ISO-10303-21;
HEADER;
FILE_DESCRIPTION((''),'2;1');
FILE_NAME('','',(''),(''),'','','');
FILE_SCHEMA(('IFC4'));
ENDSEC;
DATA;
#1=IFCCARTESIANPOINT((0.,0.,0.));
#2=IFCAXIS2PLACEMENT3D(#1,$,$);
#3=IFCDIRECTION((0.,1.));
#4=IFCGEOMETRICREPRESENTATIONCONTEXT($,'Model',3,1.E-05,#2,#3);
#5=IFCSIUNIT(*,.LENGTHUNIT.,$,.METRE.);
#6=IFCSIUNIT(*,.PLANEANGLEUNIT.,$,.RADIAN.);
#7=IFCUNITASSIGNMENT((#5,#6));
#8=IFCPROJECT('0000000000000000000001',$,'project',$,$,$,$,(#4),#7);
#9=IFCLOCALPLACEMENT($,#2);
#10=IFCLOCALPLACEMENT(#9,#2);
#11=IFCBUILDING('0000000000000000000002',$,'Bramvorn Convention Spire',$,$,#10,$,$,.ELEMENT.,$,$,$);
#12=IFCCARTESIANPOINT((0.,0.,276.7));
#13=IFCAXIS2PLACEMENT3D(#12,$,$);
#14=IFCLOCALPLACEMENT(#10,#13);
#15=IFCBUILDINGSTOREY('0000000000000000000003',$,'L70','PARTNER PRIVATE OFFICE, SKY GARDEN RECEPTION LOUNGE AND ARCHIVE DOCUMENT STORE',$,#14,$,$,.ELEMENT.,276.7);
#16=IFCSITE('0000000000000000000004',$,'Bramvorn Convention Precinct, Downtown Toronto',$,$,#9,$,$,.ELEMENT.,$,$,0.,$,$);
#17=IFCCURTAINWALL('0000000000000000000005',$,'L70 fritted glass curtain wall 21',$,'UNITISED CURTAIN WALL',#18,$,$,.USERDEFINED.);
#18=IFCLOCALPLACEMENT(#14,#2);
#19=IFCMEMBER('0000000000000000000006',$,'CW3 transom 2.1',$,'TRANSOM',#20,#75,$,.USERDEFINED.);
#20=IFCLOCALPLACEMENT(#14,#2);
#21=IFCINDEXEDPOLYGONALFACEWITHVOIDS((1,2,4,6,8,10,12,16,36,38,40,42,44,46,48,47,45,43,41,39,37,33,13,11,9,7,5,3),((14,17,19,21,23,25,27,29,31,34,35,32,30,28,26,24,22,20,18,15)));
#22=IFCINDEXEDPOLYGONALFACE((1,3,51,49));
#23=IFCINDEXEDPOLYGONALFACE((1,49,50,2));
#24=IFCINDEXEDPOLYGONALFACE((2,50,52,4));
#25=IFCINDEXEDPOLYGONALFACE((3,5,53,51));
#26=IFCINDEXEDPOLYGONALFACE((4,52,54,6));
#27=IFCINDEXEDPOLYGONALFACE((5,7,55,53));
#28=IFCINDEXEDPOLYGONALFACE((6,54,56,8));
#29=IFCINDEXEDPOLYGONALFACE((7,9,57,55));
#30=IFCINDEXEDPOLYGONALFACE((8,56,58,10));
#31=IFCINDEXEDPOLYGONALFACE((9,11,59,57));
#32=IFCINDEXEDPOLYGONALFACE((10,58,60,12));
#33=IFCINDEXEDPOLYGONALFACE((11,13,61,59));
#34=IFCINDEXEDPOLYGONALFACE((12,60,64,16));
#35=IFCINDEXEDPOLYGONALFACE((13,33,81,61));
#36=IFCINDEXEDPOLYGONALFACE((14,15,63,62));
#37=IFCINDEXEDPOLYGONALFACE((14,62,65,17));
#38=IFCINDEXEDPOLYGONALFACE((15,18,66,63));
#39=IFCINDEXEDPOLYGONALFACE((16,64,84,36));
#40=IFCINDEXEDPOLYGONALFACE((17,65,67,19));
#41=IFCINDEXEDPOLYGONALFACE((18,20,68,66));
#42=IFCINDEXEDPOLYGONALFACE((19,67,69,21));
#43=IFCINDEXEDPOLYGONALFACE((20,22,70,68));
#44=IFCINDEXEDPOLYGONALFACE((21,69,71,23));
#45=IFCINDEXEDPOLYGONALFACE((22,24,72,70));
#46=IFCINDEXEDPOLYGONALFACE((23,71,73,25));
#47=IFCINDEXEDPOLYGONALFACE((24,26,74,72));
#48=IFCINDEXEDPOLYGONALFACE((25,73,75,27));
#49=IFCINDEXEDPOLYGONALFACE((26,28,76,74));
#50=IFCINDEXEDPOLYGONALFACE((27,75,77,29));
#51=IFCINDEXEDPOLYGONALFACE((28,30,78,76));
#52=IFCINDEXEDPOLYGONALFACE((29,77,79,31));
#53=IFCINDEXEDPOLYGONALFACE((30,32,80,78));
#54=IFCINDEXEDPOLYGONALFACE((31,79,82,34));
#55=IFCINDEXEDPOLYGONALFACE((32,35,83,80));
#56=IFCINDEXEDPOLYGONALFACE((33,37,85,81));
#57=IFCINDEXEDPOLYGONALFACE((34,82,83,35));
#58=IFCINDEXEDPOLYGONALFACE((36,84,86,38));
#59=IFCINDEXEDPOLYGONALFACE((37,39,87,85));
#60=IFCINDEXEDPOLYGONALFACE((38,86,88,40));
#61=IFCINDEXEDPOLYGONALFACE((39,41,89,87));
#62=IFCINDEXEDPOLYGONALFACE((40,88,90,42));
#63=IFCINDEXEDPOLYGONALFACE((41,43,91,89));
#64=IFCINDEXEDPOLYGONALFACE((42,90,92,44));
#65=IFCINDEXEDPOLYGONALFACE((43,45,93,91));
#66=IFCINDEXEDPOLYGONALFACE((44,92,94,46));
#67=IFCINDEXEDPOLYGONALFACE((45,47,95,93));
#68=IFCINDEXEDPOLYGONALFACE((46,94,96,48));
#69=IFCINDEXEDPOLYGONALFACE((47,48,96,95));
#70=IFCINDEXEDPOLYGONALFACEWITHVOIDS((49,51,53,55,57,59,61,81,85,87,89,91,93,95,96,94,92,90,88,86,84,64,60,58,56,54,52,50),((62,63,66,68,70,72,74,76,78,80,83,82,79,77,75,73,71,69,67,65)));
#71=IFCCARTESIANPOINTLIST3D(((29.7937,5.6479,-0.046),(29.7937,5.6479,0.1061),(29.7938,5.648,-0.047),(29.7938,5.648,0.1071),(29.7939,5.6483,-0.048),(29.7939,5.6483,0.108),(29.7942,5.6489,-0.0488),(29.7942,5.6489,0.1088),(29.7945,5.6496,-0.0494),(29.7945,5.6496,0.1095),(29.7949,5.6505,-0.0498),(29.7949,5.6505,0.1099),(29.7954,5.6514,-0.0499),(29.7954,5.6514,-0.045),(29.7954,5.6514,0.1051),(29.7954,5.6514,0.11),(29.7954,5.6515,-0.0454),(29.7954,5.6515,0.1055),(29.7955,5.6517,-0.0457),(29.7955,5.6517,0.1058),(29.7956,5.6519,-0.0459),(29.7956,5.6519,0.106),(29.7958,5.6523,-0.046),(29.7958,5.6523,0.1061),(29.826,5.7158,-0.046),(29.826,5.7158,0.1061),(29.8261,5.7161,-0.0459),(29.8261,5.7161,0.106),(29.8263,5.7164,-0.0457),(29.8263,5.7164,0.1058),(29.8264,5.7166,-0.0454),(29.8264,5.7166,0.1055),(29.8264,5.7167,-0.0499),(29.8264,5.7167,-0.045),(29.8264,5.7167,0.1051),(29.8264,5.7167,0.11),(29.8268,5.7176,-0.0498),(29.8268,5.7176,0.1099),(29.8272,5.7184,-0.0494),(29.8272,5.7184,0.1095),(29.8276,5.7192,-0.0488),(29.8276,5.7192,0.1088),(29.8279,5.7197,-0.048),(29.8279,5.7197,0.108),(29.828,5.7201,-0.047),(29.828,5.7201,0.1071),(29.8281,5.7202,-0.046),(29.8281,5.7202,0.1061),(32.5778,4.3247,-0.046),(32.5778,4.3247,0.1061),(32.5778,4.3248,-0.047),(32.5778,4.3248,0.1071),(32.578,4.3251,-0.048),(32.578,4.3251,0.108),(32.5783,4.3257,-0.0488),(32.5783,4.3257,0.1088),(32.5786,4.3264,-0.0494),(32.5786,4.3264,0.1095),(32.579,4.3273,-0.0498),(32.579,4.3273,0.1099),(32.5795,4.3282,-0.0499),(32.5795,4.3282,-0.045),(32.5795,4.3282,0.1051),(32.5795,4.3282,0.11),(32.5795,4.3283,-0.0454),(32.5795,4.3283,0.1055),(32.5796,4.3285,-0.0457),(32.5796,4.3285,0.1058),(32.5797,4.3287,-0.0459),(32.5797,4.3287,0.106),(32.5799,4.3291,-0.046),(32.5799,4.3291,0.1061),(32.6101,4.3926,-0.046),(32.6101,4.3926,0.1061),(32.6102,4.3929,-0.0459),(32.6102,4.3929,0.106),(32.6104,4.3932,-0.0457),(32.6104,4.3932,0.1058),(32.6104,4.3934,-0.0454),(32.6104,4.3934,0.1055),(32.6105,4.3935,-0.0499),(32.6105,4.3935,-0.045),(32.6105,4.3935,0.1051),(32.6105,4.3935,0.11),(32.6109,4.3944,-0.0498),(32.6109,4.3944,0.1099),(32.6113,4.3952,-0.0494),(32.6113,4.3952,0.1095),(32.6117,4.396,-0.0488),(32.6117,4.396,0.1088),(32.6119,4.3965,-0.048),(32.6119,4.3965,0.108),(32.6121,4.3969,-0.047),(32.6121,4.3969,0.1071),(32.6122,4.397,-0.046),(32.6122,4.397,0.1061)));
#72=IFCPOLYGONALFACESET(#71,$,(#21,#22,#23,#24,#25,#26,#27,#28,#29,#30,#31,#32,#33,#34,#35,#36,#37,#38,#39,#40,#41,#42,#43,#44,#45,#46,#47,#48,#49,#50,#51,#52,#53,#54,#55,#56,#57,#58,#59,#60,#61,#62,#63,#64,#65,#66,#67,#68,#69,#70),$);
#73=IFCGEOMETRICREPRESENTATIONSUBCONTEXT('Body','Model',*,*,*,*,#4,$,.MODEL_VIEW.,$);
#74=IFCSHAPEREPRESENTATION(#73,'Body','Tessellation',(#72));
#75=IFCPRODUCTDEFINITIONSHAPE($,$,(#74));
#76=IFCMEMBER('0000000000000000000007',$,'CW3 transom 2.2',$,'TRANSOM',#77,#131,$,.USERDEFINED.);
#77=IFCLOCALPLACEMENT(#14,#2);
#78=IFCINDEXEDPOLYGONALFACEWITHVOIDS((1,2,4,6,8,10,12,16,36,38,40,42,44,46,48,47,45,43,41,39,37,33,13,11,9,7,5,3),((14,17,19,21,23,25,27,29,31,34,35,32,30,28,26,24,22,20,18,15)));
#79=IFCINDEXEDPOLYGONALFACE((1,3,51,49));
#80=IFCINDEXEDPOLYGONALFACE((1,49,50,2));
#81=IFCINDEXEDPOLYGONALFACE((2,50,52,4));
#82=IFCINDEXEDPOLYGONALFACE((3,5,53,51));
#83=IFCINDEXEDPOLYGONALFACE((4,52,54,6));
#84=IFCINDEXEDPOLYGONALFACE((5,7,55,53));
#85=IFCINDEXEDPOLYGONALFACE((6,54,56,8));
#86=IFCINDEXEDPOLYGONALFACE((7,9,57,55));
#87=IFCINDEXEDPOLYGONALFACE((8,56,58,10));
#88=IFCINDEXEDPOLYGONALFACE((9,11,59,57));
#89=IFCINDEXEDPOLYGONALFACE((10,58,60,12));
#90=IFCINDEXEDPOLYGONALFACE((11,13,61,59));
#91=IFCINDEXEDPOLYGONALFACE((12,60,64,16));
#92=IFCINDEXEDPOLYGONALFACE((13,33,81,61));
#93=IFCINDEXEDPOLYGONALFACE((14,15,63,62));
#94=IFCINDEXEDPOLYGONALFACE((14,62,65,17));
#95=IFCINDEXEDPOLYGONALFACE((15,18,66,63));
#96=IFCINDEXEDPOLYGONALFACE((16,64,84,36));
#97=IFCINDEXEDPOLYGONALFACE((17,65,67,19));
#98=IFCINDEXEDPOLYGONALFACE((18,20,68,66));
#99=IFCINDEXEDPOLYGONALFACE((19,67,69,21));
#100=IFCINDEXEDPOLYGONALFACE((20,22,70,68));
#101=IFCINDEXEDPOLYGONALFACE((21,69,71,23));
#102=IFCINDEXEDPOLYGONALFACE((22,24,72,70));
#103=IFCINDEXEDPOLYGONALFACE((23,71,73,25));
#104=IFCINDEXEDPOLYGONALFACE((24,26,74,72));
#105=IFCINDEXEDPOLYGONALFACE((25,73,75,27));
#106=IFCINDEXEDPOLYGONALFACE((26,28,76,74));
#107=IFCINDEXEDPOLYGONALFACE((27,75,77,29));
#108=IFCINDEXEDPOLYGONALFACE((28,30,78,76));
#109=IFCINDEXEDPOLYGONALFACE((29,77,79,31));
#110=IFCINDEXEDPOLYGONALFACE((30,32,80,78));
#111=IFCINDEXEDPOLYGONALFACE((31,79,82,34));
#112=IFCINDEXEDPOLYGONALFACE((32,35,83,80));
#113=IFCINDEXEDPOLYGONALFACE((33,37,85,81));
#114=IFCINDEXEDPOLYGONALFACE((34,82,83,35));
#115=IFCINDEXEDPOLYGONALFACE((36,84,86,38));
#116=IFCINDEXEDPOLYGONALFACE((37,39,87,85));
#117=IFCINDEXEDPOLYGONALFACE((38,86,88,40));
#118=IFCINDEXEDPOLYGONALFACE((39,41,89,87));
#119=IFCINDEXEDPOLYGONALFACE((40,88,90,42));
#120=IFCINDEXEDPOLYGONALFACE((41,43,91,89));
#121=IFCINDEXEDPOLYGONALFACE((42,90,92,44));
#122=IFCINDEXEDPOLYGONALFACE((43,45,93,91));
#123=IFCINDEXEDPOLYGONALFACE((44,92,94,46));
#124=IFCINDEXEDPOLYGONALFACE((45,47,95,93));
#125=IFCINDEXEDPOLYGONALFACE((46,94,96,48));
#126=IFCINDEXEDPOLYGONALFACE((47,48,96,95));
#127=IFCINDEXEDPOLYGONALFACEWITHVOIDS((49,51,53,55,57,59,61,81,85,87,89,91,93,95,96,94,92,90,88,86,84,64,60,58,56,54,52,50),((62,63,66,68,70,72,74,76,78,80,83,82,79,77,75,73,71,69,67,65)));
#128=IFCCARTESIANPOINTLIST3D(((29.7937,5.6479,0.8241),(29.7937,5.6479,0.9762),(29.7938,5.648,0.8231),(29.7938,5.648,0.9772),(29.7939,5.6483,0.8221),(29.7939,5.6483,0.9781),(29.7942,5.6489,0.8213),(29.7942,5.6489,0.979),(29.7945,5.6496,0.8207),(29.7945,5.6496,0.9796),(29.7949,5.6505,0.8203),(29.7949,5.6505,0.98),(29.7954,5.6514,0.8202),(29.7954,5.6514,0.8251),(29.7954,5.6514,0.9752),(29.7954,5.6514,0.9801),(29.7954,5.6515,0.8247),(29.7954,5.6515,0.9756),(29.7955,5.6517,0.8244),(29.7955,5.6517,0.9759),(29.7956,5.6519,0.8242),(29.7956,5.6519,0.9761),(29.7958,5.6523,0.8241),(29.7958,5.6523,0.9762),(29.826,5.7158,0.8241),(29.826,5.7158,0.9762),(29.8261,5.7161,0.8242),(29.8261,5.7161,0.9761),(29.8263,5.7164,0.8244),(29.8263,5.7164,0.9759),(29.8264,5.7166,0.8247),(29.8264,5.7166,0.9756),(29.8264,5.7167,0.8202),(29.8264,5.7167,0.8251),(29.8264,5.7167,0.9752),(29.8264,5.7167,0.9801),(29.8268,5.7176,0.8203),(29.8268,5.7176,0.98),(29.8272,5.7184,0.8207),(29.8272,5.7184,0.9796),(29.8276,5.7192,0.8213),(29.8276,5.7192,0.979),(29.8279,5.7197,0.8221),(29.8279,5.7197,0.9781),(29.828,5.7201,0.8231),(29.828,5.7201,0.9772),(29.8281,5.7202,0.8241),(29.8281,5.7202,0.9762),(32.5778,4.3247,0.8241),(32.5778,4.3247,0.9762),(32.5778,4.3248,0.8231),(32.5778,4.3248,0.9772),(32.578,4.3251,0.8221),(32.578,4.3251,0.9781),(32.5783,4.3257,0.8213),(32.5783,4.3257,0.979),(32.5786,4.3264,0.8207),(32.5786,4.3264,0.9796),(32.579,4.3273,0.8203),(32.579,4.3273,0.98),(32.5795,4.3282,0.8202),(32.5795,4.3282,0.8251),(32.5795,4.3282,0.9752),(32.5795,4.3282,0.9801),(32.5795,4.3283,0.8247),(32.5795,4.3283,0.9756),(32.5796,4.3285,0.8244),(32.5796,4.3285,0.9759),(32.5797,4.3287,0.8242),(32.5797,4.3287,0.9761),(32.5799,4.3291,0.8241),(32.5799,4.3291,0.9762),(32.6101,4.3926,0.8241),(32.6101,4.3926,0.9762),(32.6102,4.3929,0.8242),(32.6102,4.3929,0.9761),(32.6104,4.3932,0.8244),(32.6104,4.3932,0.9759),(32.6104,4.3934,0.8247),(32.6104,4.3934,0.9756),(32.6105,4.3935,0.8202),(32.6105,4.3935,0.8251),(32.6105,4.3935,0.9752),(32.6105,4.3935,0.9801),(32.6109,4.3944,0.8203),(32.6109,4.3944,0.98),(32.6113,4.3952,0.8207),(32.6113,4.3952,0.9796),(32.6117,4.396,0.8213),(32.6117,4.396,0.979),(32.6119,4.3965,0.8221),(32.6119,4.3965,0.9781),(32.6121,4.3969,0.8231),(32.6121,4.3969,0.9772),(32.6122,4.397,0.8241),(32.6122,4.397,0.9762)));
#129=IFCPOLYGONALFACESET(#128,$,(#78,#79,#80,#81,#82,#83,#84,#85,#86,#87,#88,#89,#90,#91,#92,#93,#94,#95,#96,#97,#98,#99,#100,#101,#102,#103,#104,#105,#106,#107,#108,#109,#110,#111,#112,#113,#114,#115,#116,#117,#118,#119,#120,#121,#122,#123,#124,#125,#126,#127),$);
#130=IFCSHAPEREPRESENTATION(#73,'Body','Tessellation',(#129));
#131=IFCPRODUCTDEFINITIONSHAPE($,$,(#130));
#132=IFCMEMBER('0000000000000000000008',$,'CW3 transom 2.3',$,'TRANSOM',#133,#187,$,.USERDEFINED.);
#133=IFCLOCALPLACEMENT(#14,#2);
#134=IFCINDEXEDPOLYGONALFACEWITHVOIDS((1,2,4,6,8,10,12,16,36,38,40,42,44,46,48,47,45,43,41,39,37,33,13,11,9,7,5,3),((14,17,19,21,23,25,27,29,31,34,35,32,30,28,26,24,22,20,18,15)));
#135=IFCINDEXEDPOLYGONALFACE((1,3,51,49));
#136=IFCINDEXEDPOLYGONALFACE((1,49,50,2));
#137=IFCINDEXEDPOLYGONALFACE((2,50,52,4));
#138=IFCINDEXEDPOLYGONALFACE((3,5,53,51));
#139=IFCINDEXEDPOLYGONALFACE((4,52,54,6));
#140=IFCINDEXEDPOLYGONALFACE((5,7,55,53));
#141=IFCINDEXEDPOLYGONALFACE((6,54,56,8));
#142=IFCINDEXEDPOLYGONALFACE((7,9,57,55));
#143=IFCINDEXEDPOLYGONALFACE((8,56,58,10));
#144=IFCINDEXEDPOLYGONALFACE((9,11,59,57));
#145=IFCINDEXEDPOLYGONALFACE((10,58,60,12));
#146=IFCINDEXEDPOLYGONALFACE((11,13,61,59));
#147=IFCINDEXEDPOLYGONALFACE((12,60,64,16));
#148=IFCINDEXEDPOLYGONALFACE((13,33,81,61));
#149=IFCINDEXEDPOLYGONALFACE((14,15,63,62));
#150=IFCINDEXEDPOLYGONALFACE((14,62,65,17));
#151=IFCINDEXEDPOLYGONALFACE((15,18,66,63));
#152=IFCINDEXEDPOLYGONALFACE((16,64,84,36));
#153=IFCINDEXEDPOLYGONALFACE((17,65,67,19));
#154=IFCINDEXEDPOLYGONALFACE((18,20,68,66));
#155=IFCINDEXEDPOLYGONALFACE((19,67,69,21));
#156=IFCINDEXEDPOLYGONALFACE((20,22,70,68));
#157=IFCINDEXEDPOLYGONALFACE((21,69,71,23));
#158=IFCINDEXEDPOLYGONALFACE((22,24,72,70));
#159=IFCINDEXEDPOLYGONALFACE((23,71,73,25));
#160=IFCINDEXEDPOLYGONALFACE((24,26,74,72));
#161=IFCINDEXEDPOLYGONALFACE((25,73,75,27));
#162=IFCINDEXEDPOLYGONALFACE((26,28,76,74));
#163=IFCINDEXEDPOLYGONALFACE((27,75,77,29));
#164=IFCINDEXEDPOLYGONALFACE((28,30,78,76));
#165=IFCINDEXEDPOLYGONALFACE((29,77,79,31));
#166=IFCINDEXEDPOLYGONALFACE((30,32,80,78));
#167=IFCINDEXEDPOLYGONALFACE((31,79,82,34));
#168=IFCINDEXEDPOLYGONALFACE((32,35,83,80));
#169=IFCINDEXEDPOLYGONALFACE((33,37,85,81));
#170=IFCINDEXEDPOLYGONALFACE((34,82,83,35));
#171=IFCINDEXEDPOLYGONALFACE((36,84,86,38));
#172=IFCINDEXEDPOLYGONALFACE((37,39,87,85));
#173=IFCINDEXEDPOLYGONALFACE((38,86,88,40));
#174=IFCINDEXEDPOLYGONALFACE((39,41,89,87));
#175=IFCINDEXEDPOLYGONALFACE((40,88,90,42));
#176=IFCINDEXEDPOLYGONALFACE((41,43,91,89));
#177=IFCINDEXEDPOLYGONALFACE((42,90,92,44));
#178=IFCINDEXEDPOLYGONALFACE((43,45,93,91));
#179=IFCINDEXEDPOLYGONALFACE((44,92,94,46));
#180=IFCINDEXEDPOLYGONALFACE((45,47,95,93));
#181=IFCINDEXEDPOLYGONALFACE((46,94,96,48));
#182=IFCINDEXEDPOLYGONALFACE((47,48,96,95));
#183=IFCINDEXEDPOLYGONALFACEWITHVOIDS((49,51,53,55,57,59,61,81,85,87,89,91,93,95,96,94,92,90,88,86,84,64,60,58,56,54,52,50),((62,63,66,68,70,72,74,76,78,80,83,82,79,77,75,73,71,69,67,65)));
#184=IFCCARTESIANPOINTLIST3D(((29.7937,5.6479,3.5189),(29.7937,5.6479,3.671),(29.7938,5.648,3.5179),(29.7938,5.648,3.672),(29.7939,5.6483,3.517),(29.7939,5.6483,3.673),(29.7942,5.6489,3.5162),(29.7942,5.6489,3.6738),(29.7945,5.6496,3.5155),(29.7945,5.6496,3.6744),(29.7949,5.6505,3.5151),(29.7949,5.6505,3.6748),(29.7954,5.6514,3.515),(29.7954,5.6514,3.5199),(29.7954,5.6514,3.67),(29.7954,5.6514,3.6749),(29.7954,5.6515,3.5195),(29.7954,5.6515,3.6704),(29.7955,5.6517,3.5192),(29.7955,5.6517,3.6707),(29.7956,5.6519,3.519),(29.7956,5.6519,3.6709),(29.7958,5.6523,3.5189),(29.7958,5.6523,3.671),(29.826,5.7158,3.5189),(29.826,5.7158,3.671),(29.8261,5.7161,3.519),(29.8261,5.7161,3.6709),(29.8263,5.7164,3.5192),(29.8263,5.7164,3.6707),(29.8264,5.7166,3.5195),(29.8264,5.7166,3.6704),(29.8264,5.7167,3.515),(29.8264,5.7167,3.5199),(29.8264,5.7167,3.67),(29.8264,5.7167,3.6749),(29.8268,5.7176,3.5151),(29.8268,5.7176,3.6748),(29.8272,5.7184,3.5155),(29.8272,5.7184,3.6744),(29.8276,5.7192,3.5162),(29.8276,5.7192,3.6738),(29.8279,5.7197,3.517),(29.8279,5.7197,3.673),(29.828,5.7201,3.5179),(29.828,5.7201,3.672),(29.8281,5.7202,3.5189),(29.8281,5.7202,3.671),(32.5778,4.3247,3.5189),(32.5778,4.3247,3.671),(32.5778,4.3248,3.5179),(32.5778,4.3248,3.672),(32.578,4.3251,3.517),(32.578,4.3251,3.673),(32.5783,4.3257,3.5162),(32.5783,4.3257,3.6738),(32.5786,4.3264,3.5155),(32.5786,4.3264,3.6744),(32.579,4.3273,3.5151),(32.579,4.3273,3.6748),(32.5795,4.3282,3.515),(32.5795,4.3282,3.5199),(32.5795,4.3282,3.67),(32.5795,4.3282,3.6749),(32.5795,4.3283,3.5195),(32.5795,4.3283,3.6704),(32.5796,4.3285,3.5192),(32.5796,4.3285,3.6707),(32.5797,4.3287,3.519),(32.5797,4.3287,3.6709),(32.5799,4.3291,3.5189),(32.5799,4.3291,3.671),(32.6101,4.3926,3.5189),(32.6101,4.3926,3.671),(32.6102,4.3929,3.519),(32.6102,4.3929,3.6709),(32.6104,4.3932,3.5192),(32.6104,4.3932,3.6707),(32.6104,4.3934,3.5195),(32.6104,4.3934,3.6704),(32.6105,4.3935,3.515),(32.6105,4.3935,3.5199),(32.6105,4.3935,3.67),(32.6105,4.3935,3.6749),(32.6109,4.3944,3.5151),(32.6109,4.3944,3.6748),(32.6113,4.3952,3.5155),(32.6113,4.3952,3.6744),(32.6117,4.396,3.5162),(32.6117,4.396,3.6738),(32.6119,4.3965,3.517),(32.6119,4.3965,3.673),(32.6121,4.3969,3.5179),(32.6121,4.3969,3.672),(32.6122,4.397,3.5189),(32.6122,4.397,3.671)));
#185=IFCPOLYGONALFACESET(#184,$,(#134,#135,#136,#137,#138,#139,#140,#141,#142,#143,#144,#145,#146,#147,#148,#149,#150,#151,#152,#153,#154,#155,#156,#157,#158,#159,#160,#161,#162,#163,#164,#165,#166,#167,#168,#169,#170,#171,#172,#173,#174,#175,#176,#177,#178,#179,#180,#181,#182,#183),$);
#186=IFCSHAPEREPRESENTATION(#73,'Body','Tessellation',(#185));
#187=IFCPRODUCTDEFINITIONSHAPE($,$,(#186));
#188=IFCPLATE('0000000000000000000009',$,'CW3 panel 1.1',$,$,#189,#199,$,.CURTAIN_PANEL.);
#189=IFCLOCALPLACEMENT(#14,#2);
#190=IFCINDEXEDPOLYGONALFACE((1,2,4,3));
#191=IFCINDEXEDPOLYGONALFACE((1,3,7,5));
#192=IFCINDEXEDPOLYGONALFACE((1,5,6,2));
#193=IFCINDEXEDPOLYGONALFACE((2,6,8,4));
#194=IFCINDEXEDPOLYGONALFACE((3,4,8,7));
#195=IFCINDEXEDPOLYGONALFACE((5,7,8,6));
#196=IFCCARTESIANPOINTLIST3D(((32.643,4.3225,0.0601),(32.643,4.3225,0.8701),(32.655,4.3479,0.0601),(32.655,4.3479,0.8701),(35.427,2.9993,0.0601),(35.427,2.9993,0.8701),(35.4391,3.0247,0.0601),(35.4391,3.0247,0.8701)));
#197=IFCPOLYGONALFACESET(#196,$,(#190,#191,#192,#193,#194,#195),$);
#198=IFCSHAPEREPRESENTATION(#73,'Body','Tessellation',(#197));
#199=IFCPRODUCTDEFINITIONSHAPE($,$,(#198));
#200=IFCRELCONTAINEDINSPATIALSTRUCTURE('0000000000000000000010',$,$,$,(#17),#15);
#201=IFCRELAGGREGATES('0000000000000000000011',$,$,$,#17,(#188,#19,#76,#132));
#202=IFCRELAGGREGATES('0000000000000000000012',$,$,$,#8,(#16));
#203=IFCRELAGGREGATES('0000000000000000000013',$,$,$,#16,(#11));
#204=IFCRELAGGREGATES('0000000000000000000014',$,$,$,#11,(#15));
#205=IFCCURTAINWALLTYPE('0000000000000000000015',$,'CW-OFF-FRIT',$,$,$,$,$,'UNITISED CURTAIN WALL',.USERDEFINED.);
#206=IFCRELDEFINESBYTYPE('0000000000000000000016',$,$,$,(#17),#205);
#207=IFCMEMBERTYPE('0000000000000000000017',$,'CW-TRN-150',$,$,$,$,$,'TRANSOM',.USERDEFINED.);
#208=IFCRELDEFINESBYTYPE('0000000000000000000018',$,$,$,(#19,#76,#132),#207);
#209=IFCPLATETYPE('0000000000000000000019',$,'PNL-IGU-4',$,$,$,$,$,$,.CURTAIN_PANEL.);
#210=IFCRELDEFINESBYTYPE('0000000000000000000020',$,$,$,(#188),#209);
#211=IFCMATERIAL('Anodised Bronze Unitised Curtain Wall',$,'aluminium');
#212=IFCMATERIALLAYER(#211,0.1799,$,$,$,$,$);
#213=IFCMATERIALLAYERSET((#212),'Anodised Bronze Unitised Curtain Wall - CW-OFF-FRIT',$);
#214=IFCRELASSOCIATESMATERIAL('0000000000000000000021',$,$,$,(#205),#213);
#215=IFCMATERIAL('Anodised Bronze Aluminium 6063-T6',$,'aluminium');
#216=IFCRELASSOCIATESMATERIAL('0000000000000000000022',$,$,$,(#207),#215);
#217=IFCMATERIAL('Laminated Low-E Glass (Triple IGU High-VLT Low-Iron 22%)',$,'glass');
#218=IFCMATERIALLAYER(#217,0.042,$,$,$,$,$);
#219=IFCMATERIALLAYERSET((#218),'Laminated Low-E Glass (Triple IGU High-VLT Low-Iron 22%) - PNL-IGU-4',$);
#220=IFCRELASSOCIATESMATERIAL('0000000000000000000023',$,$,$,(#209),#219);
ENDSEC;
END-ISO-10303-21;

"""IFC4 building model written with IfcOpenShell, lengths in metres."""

from ifc_helpers import new_model, si_unit, direction, frame, origin, origin_2d, place, context, subcontext, project, spatial, rectangle, hollow_rectangle, extrude, material, layer, layer_set, material_profile, profile_set, type_object, element, aggregate, save


model = new_model("IFC4")

# Units and contexts
model_context = context("Model", 3, precision=1e-05, world=origin(), true_north=direction((0.0, 1.0)))
body_context = subcontext(model_context, "Body", "Model", "MODEL_VIEW")
ifc_project = project(units=[si_unit("LENGTHUNIT", "METRE"), si_unit("PLANEANGLEUNIT", "RADIAN")], contexts=[model_context])

# Site, building, storey
site_placement = place(None, origin())
site = spatial("IfcSite", under=ifc_project, at=site_placement, Name="Bramvorn Convention Precinct, Downtown Toronto", CompositionType="ELEMENT", RefElevation=0.0)
building_placement = place(site_placement, origin())
building = spatial("IfcBuilding", under=site, at=building_placement, Name="Bramvorn Convention Spire", CompositionType="ELEMENT")
storey_placement = place(building_placement, frame((0.0, 0.0, 276.7)))
storey = spatial("IfcBuildingStorey", under=building, at=storey_placement, Name="L70", Description="PARTNER PRIVATE OFFICE, SKY GARDEN RECEPTION LOUNGE AND ARCHIVE DOCUMENT STORE", CompositionType="ELEMENT", Elevation=276.7)

# Curtain wall
ifc_material_1 = material(Name="Anodised Bronze Unitised Curtain Wall", Category="aluminium")
ifc_layer_1 = layer(ifc_material_1, 0.1799)
ifc_layer_set_1 = layer_set([ifc_layer_1], Name="Anodised Bronze Unitised Curtain Wall - CW-OFF-FRIT")
curtain_wall_type = type_object("IfcCurtainWallType", Name="CW-OFF-FRIT", ElementType="UNITISED CURTAIN WALL", PredefinedType="USERDEFINED", material=ifc_layer_set_1)
curtain_wall_1_placement = place(storey_placement, origin())
curtain_wall_1 = element("IfcCurtainWall", 1, at=curtain_wall_1_placement, inside=storey, type_object=curtain_wall_type, Name="L70 fritted glass curtain wall 21", ObjectType="UNITISED CURTAIN WALL", PredefinedType="USERDEFINED")
ifc_material_2 = material(Name="Anodised Bronze Aluminium 6063-T6", Category="aluminium")

# Members
ifc_material_profile_1 = material_profile(ifc_material_2, hollow_rectangle(XDim=0.0801, YDim=0.1599, WallThickness=0.0039, InnerFilletRadius=0.001, OuterFilletRadius=0.0039, at=origin_2d()))
ifc_profile_set_1 = profile_set([ifc_material_profile_1], Name="Anodised Bronze Aluminium 6063-T6 - CWT80X160")
member_type_1 = type_object("IfcMemberType", Name="CW-TRN-150", ElementType="TRANSOM", PredefinedType="USERDEFINED", material=ifc_profile_set_1)
member_1_placement = place(storey_placement, frame((32.595, 4.3608, 0.03), z_axis=(-0.903182, 0.429257, 0.0), x_axis=(-0.429257, -0.903182, 0.0)))
member_1 = element("IfcMember", 2, at=member_1_placement, type_object=member_type_1, Name="CW3 transom 2.1", ObjectType="TRANSOM", PredefinedType="USERDEFINED", context=body_context, shape_type="SweptSolid", body=[
    extrude(hollow_rectangle(XDim=0.0801, YDim=0.1599, WallThickness=0.0039, InnerFilletRadius=0.001, OuterFilletRadius=0.0039, at=origin_2d()), origin(), (0.0, 0.0, 1.0), 3.0825),
])
member_2_placement = place(storey_placement, frame((32.595, 4.3608, 0.9001), z_axis=(-0.903182, 0.429257, 0.0), x_axis=(-0.429257, -0.903182, 0.0)))
member_2 = element("IfcMember", 3, at=member_2_placement, type_object=member_type_1, Name="CW3 transom 2.2", ObjectType="TRANSOM", PredefinedType="USERDEFINED", context=body_context, shape_type="SweptSolid", body=[
    extrude(hollow_rectangle(XDim=0.0801, YDim=0.1599, WallThickness=0.0039, InnerFilletRadius=0.001, OuterFilletRadius=0.0039, at=origin_2d()), origin(), (0.0, 0.0, 1.0), 3.0825),
])
member_3_placement = place(storey_placement, frame((32.595, 4.3608, 3.595), z_axis=(-0.903182, 0.429257, 0.0), x_axis=(-0.429257, -0.903182, 0.0)))
member_3 = element("IfcMember", 4, at=member_3_placement, type_object=member_type_1, Name="CW3 transom 2.3", ObjectType="TRANSOM", PredefinedType="USERDEFINED", context=body_context, shape_type="SweptSolid", body=[
    extrude(hollow_rectangle(XDim=0.0801, YDim=0.1599, WallThickness=0.0039, InnerFilletRadius=0.001, OuterFilletRadius=0.0039, at=origin_2d()), origin(), (0.0, 0.0, 1.0), 3.0825),
])

# Plate
ifc_material_3 = material(Name="Laminated Low-E Glass (Triple IGU High-VLT Low-Iron 22%)", Category="glass")
ifc_layer_2 = layer(ifc_material_3, 0.042)
ifc_layer_set_2 = layer_set([ifc_layer_2], Name="Laminated Low-E Glass (Triple IGU High-VLT Low-Iron 22%) - PNL-IGU-4")
plate_type = type_object("IfcPlateType", Name="PNL-IGU-4", PredefinedType="CURTAIN_PANEL", material=ifc_layer_set_2)
plate_1_placement = place(storey_placement, frame((34.041, 3.6736, 0.0601), z_axis=(0.0, 0.0, 1.0), x_axis=(-0.903178, 0.429265, 0.0)))
plate_1 = element("IfcPlate", 5, at=plate_1_placement, type_object=plate_type, Name="CW3 panel 1.1", PredefinedType="CURTAIN_PANEL", context=body_context, shape_type="SweptSolid", body=[
    extrude(rectangle(XDim=3.0825, YDim=0.0281, at=origin_2d()), origin(), (0.0, 0.0, 1.0), 0.8101),
])
aggregate(curtain_wall_1, [plate_1, member_1, member_2, member_3])

save(model, "model.ifc")
